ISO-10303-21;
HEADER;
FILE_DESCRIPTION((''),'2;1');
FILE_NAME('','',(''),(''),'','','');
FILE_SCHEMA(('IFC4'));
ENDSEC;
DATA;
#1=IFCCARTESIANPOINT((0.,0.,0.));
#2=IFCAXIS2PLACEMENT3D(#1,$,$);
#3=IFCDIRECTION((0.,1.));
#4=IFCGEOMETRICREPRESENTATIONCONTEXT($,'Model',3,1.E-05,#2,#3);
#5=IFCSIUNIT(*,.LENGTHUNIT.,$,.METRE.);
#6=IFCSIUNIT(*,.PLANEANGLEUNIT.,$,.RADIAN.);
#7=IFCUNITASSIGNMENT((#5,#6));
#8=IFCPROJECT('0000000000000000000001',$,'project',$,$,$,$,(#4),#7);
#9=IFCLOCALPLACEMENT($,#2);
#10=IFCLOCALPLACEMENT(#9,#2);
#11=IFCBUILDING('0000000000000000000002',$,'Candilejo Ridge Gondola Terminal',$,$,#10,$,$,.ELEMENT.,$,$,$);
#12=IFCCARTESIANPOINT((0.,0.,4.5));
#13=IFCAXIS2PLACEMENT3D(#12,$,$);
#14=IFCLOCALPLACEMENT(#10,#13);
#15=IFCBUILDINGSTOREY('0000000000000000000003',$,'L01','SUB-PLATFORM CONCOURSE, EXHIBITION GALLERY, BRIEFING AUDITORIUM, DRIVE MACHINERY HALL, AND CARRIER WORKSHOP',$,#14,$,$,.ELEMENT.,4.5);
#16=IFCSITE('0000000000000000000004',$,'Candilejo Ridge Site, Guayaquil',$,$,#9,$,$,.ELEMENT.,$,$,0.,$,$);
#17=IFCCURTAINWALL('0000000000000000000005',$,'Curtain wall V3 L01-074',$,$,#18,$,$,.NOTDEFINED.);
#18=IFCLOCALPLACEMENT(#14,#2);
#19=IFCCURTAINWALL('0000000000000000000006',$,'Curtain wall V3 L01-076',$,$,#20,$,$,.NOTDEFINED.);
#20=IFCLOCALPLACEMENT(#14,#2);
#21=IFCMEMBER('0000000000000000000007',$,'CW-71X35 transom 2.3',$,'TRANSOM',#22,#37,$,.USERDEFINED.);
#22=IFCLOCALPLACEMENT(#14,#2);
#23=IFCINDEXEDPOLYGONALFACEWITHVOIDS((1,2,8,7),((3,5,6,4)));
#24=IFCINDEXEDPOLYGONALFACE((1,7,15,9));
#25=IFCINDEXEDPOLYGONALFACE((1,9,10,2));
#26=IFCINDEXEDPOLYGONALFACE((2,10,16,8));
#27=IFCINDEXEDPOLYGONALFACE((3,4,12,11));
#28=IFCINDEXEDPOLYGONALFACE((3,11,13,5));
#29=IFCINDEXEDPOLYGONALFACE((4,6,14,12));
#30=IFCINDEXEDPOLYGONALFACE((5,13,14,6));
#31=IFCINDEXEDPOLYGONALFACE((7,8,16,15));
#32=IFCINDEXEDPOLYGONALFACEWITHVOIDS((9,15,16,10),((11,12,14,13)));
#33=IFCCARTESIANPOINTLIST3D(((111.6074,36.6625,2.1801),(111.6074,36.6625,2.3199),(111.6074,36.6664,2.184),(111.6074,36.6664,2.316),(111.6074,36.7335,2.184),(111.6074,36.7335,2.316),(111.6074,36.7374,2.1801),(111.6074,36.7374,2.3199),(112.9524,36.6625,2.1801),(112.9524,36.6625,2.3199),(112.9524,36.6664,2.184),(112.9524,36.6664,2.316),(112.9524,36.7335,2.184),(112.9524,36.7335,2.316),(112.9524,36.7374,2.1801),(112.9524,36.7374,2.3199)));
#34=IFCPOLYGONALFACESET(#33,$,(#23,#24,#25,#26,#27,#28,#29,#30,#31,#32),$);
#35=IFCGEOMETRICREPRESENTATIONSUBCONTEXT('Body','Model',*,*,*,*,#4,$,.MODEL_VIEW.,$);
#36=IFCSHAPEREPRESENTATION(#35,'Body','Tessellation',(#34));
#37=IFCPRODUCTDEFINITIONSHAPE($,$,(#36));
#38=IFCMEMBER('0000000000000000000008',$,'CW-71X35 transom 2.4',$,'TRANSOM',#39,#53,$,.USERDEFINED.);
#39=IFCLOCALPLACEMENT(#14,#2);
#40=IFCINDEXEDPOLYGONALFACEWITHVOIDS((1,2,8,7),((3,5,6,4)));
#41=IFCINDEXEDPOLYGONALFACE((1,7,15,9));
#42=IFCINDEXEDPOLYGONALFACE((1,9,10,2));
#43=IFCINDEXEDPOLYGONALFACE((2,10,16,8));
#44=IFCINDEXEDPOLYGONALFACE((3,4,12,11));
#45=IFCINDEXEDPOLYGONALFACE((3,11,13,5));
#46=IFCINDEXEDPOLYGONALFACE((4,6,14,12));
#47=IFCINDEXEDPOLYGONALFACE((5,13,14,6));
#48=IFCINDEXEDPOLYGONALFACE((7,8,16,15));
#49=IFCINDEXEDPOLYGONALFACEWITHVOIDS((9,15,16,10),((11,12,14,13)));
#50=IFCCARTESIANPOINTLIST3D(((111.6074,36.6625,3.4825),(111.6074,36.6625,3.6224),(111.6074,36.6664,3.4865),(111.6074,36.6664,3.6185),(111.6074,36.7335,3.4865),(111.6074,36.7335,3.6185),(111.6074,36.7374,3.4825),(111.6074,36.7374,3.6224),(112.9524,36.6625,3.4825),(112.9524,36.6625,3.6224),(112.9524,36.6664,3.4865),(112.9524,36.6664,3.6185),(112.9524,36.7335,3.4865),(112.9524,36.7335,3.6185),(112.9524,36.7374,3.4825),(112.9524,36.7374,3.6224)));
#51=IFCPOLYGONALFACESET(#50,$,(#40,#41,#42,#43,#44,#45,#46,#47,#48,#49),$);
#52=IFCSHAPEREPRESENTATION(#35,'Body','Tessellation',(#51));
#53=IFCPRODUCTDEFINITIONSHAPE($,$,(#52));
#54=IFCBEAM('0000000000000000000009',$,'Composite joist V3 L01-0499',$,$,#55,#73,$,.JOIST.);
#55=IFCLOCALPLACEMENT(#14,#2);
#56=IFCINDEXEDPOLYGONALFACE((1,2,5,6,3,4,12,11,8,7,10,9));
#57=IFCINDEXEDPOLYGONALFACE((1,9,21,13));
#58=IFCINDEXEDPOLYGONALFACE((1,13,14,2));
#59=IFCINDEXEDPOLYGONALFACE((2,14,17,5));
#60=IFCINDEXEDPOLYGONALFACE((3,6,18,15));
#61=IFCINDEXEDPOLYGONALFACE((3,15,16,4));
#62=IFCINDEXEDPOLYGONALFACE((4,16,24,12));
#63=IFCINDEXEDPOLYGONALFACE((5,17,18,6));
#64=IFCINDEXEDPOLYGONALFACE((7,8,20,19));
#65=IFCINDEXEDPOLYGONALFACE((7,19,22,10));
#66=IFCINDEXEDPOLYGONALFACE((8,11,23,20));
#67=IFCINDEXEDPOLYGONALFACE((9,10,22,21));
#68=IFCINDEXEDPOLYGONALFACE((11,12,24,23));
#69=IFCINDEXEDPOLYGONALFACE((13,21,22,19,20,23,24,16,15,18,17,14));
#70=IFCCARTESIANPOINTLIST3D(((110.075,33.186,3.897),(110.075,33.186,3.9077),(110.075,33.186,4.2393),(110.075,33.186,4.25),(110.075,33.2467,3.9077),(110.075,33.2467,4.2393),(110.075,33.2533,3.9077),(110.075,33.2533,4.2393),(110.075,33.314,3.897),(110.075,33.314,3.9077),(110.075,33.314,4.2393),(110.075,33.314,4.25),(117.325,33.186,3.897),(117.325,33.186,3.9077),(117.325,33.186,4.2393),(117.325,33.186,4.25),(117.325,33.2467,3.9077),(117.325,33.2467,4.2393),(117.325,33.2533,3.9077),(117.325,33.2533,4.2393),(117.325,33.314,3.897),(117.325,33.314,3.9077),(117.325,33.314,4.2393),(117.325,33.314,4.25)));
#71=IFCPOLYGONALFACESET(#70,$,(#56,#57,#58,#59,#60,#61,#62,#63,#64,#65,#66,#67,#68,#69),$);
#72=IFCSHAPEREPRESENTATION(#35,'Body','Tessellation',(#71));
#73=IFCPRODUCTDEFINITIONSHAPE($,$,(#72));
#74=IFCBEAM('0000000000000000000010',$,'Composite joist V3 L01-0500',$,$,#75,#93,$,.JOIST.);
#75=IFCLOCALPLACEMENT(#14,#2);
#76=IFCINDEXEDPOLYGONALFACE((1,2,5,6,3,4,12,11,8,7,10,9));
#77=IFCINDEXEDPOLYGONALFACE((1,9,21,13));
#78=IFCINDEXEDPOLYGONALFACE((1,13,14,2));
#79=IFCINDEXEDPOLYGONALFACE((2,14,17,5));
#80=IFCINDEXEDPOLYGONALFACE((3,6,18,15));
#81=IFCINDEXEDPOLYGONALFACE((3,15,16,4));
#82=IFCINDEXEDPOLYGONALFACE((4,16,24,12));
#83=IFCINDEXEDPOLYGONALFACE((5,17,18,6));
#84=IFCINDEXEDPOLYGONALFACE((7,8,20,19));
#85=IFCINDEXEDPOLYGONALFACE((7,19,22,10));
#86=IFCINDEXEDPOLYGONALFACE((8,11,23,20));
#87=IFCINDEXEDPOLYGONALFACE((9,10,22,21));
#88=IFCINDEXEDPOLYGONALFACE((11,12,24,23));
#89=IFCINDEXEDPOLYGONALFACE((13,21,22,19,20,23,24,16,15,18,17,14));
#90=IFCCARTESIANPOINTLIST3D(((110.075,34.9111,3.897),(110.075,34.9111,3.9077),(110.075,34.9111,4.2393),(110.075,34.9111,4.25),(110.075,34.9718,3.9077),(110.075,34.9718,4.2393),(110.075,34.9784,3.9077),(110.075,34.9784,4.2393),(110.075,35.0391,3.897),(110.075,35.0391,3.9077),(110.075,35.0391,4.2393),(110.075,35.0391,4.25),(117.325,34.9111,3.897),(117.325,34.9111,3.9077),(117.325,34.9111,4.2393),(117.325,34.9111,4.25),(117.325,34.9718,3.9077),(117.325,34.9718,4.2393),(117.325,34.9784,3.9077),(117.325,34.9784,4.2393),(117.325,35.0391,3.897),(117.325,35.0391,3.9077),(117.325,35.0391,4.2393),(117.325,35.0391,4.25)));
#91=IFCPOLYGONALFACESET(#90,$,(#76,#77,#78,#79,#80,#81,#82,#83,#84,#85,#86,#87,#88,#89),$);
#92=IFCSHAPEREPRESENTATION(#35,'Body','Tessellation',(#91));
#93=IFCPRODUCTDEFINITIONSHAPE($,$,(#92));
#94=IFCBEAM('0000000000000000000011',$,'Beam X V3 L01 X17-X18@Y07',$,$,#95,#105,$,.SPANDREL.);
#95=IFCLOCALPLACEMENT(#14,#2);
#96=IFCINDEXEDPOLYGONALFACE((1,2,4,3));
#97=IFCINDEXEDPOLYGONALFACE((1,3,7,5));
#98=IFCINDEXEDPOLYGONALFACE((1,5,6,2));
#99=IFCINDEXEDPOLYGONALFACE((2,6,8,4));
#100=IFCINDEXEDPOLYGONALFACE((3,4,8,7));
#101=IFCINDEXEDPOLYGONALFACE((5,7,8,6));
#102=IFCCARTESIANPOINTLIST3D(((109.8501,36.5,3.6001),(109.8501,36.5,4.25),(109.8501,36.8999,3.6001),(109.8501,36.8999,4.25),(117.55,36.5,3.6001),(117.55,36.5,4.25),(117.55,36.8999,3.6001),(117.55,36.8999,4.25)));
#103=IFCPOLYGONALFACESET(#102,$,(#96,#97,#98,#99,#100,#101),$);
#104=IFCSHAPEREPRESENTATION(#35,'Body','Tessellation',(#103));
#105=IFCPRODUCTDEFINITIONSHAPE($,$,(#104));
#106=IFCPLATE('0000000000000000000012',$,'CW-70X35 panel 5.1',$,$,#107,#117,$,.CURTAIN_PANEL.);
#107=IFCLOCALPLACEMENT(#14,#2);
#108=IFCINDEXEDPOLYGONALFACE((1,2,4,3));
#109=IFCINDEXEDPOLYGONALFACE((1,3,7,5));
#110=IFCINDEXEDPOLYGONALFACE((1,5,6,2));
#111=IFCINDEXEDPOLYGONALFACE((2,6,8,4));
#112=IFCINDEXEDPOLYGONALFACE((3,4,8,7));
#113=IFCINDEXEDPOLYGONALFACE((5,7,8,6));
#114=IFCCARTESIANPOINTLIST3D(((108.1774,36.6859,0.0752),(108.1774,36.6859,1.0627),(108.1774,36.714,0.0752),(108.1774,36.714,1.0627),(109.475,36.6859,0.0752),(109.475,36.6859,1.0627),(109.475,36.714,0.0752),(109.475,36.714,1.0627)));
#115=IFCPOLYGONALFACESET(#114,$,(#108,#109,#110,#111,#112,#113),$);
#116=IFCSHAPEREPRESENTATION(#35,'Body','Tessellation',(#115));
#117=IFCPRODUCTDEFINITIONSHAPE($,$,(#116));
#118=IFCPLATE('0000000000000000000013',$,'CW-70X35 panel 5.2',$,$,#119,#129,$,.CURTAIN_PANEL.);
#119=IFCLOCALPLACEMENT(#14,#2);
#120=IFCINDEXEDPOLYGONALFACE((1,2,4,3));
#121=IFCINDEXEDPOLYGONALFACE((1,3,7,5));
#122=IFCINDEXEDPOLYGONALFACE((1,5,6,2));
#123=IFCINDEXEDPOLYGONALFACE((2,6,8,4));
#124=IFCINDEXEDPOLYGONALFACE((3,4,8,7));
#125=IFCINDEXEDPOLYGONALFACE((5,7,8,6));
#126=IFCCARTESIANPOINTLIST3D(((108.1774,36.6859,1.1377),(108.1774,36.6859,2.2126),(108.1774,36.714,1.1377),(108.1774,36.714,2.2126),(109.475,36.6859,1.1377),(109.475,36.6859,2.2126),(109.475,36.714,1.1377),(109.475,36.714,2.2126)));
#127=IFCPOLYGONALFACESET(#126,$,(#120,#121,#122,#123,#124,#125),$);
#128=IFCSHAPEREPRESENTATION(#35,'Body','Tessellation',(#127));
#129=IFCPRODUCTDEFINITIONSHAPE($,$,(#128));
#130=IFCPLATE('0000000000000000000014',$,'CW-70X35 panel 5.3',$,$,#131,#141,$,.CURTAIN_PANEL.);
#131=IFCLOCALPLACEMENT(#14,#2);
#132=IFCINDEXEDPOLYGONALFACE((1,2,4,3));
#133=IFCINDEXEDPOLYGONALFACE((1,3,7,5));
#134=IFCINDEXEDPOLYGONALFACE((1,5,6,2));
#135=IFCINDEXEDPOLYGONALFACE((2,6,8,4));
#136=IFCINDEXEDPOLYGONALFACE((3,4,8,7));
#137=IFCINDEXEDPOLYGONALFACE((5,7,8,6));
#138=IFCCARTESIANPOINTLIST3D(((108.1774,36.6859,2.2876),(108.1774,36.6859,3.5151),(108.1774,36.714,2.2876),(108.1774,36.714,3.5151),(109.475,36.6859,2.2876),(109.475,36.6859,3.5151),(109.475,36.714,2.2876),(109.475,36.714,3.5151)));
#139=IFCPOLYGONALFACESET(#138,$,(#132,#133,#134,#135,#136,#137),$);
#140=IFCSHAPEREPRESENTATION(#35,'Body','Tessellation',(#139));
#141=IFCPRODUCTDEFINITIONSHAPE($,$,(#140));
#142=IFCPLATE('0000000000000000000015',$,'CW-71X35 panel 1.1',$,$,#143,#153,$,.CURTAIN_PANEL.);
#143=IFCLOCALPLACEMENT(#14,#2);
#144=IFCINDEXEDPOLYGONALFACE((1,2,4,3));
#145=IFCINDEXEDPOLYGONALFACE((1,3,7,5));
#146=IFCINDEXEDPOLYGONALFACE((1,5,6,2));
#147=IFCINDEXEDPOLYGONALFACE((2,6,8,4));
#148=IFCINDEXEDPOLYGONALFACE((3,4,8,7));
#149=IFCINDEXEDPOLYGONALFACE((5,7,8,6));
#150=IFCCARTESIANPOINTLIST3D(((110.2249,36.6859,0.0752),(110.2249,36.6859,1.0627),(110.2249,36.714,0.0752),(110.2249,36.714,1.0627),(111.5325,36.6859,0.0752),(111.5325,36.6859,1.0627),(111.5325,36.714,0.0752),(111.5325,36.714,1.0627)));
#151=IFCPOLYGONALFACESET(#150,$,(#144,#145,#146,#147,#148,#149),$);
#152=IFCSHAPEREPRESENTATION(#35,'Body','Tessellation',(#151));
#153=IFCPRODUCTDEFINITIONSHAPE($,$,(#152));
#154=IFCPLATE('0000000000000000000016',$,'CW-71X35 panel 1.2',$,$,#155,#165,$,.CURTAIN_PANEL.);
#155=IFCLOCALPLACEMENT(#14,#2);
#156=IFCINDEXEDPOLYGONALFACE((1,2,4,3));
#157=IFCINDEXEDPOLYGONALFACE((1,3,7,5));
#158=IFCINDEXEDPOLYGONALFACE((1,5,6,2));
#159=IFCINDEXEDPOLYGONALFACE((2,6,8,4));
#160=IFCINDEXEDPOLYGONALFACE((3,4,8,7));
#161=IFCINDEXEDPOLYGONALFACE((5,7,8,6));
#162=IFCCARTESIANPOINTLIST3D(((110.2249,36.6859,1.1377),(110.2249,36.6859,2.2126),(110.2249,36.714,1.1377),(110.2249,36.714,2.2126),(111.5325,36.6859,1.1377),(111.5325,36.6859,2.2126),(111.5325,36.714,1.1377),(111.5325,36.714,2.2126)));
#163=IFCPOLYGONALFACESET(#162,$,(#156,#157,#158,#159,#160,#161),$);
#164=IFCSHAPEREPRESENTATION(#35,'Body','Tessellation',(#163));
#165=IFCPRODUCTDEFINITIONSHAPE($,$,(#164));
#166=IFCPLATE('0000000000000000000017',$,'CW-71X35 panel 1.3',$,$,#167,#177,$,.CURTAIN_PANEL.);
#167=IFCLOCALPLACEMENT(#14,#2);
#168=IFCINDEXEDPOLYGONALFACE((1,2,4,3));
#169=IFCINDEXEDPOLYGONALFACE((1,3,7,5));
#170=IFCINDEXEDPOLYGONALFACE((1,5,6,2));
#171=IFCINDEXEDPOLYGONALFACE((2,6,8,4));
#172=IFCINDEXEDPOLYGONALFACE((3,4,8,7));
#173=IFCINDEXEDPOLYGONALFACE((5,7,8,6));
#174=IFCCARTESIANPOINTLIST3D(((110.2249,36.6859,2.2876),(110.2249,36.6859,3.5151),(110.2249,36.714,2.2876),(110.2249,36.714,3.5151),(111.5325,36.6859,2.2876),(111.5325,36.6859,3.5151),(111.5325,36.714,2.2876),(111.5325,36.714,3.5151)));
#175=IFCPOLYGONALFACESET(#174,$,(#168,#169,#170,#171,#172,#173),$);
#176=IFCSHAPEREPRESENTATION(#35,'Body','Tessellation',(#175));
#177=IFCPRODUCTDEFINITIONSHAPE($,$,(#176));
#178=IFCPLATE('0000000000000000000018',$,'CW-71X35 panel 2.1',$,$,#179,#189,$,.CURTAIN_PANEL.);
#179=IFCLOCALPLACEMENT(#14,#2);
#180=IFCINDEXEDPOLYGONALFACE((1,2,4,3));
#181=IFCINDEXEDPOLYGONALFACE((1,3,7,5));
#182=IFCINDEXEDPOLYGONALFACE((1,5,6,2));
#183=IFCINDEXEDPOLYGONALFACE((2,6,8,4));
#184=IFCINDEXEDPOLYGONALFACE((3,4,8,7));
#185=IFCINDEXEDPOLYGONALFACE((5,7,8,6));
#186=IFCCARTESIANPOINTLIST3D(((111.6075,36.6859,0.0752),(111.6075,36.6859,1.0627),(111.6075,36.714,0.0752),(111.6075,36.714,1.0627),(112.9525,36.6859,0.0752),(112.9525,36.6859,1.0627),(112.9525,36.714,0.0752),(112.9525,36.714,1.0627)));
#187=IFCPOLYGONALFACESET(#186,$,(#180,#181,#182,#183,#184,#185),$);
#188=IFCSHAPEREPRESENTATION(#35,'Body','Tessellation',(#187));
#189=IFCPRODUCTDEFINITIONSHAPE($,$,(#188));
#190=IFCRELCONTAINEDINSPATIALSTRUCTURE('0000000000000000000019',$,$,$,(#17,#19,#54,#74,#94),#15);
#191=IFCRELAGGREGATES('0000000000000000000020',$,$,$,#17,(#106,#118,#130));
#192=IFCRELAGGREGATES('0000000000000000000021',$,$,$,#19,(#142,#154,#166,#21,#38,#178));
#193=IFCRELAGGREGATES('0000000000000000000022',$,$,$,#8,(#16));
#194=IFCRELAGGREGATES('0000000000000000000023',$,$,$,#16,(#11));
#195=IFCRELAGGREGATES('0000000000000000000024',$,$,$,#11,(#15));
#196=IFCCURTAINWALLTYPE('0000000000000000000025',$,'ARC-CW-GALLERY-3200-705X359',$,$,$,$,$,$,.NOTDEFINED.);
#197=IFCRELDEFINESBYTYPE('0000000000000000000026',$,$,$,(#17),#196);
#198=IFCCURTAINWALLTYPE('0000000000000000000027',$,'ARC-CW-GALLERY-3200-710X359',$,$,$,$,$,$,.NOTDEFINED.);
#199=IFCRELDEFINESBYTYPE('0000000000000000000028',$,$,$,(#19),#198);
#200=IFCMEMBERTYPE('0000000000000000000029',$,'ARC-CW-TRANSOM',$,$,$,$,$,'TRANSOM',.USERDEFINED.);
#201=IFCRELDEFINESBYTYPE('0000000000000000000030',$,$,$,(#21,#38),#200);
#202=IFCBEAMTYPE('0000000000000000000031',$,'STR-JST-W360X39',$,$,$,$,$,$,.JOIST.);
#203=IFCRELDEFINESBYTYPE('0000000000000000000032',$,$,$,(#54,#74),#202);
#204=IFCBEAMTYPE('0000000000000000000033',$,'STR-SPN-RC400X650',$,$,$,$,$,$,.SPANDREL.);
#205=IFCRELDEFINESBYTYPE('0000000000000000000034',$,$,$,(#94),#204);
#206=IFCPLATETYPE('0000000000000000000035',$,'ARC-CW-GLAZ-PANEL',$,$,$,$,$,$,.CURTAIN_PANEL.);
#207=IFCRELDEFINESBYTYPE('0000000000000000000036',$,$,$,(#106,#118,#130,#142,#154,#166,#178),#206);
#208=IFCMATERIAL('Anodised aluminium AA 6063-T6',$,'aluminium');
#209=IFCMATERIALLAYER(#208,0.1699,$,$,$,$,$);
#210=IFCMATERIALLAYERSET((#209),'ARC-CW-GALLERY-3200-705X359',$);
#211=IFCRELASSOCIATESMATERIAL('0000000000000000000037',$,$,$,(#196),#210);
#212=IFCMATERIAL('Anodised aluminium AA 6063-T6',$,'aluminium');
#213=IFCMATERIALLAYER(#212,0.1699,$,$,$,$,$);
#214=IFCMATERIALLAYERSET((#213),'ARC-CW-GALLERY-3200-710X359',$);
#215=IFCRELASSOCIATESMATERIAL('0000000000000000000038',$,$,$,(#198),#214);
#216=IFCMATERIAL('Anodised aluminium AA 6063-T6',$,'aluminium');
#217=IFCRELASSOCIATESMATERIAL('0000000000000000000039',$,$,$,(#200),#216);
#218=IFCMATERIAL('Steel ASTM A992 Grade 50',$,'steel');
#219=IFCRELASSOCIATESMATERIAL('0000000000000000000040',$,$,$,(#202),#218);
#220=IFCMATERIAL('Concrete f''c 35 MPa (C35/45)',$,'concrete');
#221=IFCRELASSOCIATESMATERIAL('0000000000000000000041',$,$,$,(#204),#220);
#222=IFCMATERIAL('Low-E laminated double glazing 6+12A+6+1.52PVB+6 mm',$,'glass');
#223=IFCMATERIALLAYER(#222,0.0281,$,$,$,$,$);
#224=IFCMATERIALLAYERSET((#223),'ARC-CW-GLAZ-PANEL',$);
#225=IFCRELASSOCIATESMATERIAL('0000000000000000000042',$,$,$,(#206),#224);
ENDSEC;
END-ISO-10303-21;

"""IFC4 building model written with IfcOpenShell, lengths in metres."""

from ifc_helpers import new_model, si_unit, direction, frame, origin, origin_2d, place, context, subcontext, project, spatial, rectangle, hollow_rectangle, i_section, extrude, material, layer, layer_set, material_profile, profile_set, type_object, element, aggregate, save


model = new_model("IFC4")

# Units and contexts
model_context = context("Model", 3, precision=1e-05, world=origin(), true_north=direction((0.0, 1.0)))
body_context = subcontext(model_context, "Body", "Model", "MODEL_VIEW")
ifc_project = project(units=[si_unit("LENGTHUNIT", "METRE"), si_unit("PLANEANGLEUNIT", "RADIAN")], contexts=[model_context])

# Site, building, storey
site_placement = place(None, origin())
site = spatial("IfcSite", under=ifc_project, at=site_placement, Name="Candilejo Ridge Site, Guayaquil", CompositionType="ELEMENT", RefElevation=0.0)
building_placement = place(site_placement, origin())
building = spatial("IfcBuilding", under=site, at=building_placement, Name="Candilejo Ridge Gondola Terminal", CompositionType="ELEMENT")
storey_placement = place(building_placement, frame((0.0, 0.0, 4.5)))
storey = spatial("IfcBuildingStorey", under=building, at=storey_placement, Name="L01", Description="SUB-PLATFORM CONCOURSE, EXHIBITION GALLERY, BRIEFING AUDITORIUM, DRIVE MACHINERY HALL, AND CARRIER WORKSHOP", CompositionType="ELEMENT", Elevation=4.5)

# Curtain wall
ifc_material_1 = material(Name="Anodised aluminium AA 6063-T6", Category="aluminium")
ifc_layer_1 = layer(ifc_material_1, 0.1699)
ifc_layer_set_1 = layer_set([ifc_layer_1], Name="ARC-CW-GALLERY-3200-705X359")
curtain_wall_type_1 = type_object("IfcCurtainWallType", Name="ARC-CW-GALLERY-3200-705X359", PredefinedType="NOTDEFINED", material=ifc_layer_set_1)
curtain_wall_1_placement = place(storey_placement, origin())
curtain_wall_1 = element("IfcCurtainWall", 1, at=curtain_wall_1_placement, inside=storey, type_object=curtain_wall_type_1, Name="Curtain wall V3 L01-074", PredefinedType="NOTDEFINED")

# Curtain wall
ifc_material_2 = material(Name="Anodised aluminium AA 6063-T6", Category="aluminium")
ifc_layer_2 = layer(ifc_material_2, 0.1699)
ifc_layer_set_2 = layer_set([ifc_layer_2], Name="ARC-CW-GALLERY-3200-710X359")
curtain_wall_type_2 = type_object("IfcCurtainWallType", Name="ARC-CW-GALLERY-3200-710X359", PredefinedType="NOTDEFINED", material=ifc_layer_set_2)
curtain_wall_2_placement = place(storey_placement, origin())
curtain_wall_2 = element("IfcCurtainWall", 2, at=curtain_wall_2_placement, inside=storey, type_object=curtain_wall_type_2, Name="Curtain wall V3 L01-076", PredefinedType="NOTDEFINED")

# Members
ifc_material_3 = material(Name="Anodised aluminium AA 6063-T6", Category="aluminium")
ifc_material_profile_1 = material_profile(ifc_material_3, hollow_rectangle(XDim=0.075, YDim=0.1399, WallThickness=0.0039, at=origin_2d()))
ifc_profile_set_1 = profile_set([ifc_material_profile_1], Name="Anodised aluminium AA 6063-T6")
member_type_1 = type_object("IfcMemberType", Name="ARC-CW-TRANSOM", ElementType="TRANSOM", PredefinedType="USERDEFINED", material=ifc_profile_set_1)
member_1_placement = place(storey_placement, frame((111.6074, 36.7, 2.25), z_axis=(1.0, 0.0, 0.0), x_axis=(0.0, 1.0, 0.0)))
member_1 = element("IfcMember", 3, at=member_1_placement, type_object=member_type_1, Name="CW-71X35 transom 2.3", ObjectType="TRANSOM", PredefinedType="USERDEFINED", context=body_context, shape_type="SweptSolid", body=[
    extrude(hollow_rectangle(XDim=0.075, YDim=0.1399, WallThickness=0.0039, at=origin_2d()), origin(), (0.0, 0.0, 1.0), 1.345),
])
member_2_placement = place(storey_placement, frame((111.6074, 36.7, 3.5525), z_axis=(1.0, 0.0, 0.0), x_axis=(0.0, 1.0, 0.0)))
member_2 = element("IfcMember", 4, at=member_2_placement, type_object=member_type_1, Name="CW-71X35 transom 2.4", ObjectType="TRANSOM", PredefinedType="USERDEFINED", context=body_context, shape_type="SweptSolid", body=[
    extrude(hollow_rectangle(XDim=0.075, YDim=0.1399, WallThickness=0.0039, at=origin_2d()), origin(), (0.0, 0.0, 1.0), 1.345),
])

# Beams
ifc_material_4 = material(Name="Steel ASTM A992 Grade 50", Category="steel")
ifc_material_profile_2 = material_profile(ifc_material_4, i_section(OverallWidth=0.1279, OverallDepth=0.353, WebThickness=0.0066, FlangeThickness=0.0107, at=origin_2d()))
ifc_profile_set_2 = profile_set([ifc_material_profile_2], Name="Steel ASTM A992 Grade 50")
beam_type_1 = type_object("IfcBeamType", Name="STR-JST-W360X39", PredefinedType="JOIST", material=ifc_profile_set_2)
for number, where, z_axis, x_axis, name in (
    (5, (110.075, 33.25, 4.0735), (1.0, 0.0, 0.0), (0.0, 1.0, 0.0), "Composite joist V3 L01-0499"),
    (6, (110.075, 34.9751, 4.0735), (1.0, 0.0, 0.0), (0.0, 1.0, 0.0), "Composite joist V3 L01-0500"),
):
    element("IfcBeam", number, at=place(storey_placement, frame(where, z_axis=z_axis, x_axis=x_axis)), inside=storey, type_object=beam_type_1, Name=name, PredefinedType="JOIST", context=body_context, shape_type="SweptSolid", body=[
        extrude(i_section(OverallWidth=0.1279, OverallDepth=0.353, WebThickness=0.0066, FlangeThickness=0.0107, at=origin_2d()), origin(), (0.0, 0.0, 1.0), 7.25),
    ])
ifc_material_5 = material(Name="Concrete f'c 35 MPa (C35/45)", Category="concrete")
ifc_material_profile_3 = material_profile(ifc_material_5, rectangle(XDim=0.3999, YDim=0.6499, at=origin_2d()))
ifc_profile_set_3 = profile_set([ifc_material_profile_3], Name="Concrete f'c 35 MPa (C35/45)")
beam_type_2 = type_object("IfcBeamType", Name="STR-SPN-RC400X650", PredefinedType="SPANDREL", material=ifc_profile_set_3)
beam_placement = place(storey_placement, frame((109.8501, 36.7, 3.925), z_axis=(1.0, 0.0, 0.0), x_axis=(0.0, 1.0, 0.0)))
element("IfcBeam", 7, at=beam_placement, inside=storey, type_object=beam_type_2, Name="Beam X V3 L01 X17-X18@Y07", PredefinedType="SPANDREL", context=body_context, shape_type="SweptSolid", body=[
    extrude(rectangle(XDim=0.3999, YDim=0.6499, at=origin_2d()), origin(), (0.0, 0.0, 1.0), 7.7),
])

# Plates
ifc_material_6 = material(Name="Low-E laminated double glazing 6+12A+6+1.52PVB+6 mm", Category="glass")
ifc_layer_3 = layer(ifc_material_6, 0.0281)
ifc_layer_set_3 = layer_set([ifc_layer_3], Name="ARC-CW-GLAZ-PANEL")
plate_type = type_object("IfcPlateType", Name="ARC-CW-GLAZ-PANEL", PredefinedType="CURTAIN_PANEL", material=ifc_layer_set_3)
plate_1_placement = place(storey_placement, frame((108.8262, 36.7, 0.0752), z_axis=(0.0, 0.0, 1.0), x_axis=(1.0, 0.0, 0.0)))
plate_1 = element("IfcPlate", 8, at=plate_1_placement, type_object=plate_type, Name="CW-70X35 panel 5.1", PredefinedType="CURTAIN_PANEL", context=body_context, shape_type="SweptSolid", body=[
    extrude(rectangle(XDim=1.2976, YDim=0.0281, at=origin_2d()), origin(), (0.0, 0.0, 1.0), 0.9875),
])
plate_2_placement = place(storey_placement, frame((108.8262, 36.7, 1.1377), z_axis=(0.0, 0.0, 1.0), x_axis=(1.0, 0.0, 0.0)))
plate_2 = element("IfcPlate", 9, at=plate_2_placement, type_object=plate_type, Name="CW-70X35 panel 5.2", PredefinedType="CURTAIN_PANEL", context=body_context, shape_type="SweptSolid", body=[
    extrude(rectangle(XDim=1.2976, YDim=0.0281, at=origin_2d()), origin(), (0.0, 0.0, 1.0), 1.075),
])
plate_3_placement = place(storey_placement, frame((108.8262, 36.7, 2.2876), z_axis=(0.0, 0.0, 1.0), x_axis=(1.0, 0.0, 0.0)))
plate_3 = element("IfcPlate", 10, at=plate_3_placement, type_object=plate_type, Name="CW-70X35 panel 5.3", PredefinedType="CURTAIN_PANEL", context=body_context, shape_type="SweptSolid", body=[
    extrude(rectangle(XDim=1.2976, YDim=0.0281, at=origin_2d()), origin(), (0.0, 0.0, 1.0), 1.2275),
])
aggregate(curtain_wall_1, [plate_1, plate_2, plate_3])
plate_4_placement = place(storey_placement, frame((110.8787, 36.7, 0.0752), z_axis=(0.0, 0.0, 1.0), x_axis=(1.0, 0.0, 0.0)))
plate_4 = element("IfcPlate", 11, at=plate_4_placement, type_object=plate_type, Name="CW-71X35 panel 1.1", PredefinedType="CURTAIN_PANEL", context=body_context, shape_type="SweptSolid", body=[
    extrude(rectangle(XDim=1.3076, YDim=0.0281, at=origin_2d()), origin(), (0.0, 0.0, 1.0), 0.9875),
])
plate_5_placement = place(storey_placement, frame((110.8787, 36.7, 1.1377), z_axis=(0.0, 0.0, 1.0), x_axis=(1.0, 0.0, 0.0)))
plate_5 = element("IfcPlate", 12, at=plate_5_placement, type_object=plate_type, Name="CW-71X35 panel 1.2", PredefinedType="CURTAIN_PANEL", context=body_context, shape_type="SweptSolid", body=[
    extrude(rectangle(XDim=1.3076, YDim=0.0281, at=origin_2d()), origin(), (0.0, 0.0, 1.0), 1.075),
])
plate_6_placement = place(storey_placement, frame((110.8787, 36.7, 2.2876), z_axis=(0.0, 0.0, 1.0), x_axis=(1.0, 0.0, 0.0)))
plate_6 = element("IfcPlate", 13, at=plate_6_placement, type_object=plate_type, Name="CW-71X35 panel 1.3", PredefinedType="CURTAIN_PANEL", context=body_context, shape_type="SweptSolid", body=[
    extrude(rectangle(XDim=1.3076, YDim=0.0281, at=origin_2d()), origin(), (0.0, 0.0, 1.0), 1.2275),
])
plate_7_placement = place(storey_placement, frame((112.28, 36.7, 0.0752), z_axis=(0.0, 0.0, 1.0), x_axis=(1.0, 0.0, 0.0)))
plate_7 = element("IfcPlate", 14, at=plate_7_placement, type_object=plate_type, Name="CW-71X35 panel 2.1", PredefinedType="CURTAIN_PANEL", context=body_context, shape_type="SweptSolid", body=[
    extrude(rectangle(XDim=1.345, YDim=0.0281, at=origin_2d()), origin(), (0.0, 0.0, 1.0), 0.9875),
])
aggregate(curtain_wall_2, [plate_4, plate_5, plate_6, member_1, member_2, plate_7])

save(model, "model.ifc")
